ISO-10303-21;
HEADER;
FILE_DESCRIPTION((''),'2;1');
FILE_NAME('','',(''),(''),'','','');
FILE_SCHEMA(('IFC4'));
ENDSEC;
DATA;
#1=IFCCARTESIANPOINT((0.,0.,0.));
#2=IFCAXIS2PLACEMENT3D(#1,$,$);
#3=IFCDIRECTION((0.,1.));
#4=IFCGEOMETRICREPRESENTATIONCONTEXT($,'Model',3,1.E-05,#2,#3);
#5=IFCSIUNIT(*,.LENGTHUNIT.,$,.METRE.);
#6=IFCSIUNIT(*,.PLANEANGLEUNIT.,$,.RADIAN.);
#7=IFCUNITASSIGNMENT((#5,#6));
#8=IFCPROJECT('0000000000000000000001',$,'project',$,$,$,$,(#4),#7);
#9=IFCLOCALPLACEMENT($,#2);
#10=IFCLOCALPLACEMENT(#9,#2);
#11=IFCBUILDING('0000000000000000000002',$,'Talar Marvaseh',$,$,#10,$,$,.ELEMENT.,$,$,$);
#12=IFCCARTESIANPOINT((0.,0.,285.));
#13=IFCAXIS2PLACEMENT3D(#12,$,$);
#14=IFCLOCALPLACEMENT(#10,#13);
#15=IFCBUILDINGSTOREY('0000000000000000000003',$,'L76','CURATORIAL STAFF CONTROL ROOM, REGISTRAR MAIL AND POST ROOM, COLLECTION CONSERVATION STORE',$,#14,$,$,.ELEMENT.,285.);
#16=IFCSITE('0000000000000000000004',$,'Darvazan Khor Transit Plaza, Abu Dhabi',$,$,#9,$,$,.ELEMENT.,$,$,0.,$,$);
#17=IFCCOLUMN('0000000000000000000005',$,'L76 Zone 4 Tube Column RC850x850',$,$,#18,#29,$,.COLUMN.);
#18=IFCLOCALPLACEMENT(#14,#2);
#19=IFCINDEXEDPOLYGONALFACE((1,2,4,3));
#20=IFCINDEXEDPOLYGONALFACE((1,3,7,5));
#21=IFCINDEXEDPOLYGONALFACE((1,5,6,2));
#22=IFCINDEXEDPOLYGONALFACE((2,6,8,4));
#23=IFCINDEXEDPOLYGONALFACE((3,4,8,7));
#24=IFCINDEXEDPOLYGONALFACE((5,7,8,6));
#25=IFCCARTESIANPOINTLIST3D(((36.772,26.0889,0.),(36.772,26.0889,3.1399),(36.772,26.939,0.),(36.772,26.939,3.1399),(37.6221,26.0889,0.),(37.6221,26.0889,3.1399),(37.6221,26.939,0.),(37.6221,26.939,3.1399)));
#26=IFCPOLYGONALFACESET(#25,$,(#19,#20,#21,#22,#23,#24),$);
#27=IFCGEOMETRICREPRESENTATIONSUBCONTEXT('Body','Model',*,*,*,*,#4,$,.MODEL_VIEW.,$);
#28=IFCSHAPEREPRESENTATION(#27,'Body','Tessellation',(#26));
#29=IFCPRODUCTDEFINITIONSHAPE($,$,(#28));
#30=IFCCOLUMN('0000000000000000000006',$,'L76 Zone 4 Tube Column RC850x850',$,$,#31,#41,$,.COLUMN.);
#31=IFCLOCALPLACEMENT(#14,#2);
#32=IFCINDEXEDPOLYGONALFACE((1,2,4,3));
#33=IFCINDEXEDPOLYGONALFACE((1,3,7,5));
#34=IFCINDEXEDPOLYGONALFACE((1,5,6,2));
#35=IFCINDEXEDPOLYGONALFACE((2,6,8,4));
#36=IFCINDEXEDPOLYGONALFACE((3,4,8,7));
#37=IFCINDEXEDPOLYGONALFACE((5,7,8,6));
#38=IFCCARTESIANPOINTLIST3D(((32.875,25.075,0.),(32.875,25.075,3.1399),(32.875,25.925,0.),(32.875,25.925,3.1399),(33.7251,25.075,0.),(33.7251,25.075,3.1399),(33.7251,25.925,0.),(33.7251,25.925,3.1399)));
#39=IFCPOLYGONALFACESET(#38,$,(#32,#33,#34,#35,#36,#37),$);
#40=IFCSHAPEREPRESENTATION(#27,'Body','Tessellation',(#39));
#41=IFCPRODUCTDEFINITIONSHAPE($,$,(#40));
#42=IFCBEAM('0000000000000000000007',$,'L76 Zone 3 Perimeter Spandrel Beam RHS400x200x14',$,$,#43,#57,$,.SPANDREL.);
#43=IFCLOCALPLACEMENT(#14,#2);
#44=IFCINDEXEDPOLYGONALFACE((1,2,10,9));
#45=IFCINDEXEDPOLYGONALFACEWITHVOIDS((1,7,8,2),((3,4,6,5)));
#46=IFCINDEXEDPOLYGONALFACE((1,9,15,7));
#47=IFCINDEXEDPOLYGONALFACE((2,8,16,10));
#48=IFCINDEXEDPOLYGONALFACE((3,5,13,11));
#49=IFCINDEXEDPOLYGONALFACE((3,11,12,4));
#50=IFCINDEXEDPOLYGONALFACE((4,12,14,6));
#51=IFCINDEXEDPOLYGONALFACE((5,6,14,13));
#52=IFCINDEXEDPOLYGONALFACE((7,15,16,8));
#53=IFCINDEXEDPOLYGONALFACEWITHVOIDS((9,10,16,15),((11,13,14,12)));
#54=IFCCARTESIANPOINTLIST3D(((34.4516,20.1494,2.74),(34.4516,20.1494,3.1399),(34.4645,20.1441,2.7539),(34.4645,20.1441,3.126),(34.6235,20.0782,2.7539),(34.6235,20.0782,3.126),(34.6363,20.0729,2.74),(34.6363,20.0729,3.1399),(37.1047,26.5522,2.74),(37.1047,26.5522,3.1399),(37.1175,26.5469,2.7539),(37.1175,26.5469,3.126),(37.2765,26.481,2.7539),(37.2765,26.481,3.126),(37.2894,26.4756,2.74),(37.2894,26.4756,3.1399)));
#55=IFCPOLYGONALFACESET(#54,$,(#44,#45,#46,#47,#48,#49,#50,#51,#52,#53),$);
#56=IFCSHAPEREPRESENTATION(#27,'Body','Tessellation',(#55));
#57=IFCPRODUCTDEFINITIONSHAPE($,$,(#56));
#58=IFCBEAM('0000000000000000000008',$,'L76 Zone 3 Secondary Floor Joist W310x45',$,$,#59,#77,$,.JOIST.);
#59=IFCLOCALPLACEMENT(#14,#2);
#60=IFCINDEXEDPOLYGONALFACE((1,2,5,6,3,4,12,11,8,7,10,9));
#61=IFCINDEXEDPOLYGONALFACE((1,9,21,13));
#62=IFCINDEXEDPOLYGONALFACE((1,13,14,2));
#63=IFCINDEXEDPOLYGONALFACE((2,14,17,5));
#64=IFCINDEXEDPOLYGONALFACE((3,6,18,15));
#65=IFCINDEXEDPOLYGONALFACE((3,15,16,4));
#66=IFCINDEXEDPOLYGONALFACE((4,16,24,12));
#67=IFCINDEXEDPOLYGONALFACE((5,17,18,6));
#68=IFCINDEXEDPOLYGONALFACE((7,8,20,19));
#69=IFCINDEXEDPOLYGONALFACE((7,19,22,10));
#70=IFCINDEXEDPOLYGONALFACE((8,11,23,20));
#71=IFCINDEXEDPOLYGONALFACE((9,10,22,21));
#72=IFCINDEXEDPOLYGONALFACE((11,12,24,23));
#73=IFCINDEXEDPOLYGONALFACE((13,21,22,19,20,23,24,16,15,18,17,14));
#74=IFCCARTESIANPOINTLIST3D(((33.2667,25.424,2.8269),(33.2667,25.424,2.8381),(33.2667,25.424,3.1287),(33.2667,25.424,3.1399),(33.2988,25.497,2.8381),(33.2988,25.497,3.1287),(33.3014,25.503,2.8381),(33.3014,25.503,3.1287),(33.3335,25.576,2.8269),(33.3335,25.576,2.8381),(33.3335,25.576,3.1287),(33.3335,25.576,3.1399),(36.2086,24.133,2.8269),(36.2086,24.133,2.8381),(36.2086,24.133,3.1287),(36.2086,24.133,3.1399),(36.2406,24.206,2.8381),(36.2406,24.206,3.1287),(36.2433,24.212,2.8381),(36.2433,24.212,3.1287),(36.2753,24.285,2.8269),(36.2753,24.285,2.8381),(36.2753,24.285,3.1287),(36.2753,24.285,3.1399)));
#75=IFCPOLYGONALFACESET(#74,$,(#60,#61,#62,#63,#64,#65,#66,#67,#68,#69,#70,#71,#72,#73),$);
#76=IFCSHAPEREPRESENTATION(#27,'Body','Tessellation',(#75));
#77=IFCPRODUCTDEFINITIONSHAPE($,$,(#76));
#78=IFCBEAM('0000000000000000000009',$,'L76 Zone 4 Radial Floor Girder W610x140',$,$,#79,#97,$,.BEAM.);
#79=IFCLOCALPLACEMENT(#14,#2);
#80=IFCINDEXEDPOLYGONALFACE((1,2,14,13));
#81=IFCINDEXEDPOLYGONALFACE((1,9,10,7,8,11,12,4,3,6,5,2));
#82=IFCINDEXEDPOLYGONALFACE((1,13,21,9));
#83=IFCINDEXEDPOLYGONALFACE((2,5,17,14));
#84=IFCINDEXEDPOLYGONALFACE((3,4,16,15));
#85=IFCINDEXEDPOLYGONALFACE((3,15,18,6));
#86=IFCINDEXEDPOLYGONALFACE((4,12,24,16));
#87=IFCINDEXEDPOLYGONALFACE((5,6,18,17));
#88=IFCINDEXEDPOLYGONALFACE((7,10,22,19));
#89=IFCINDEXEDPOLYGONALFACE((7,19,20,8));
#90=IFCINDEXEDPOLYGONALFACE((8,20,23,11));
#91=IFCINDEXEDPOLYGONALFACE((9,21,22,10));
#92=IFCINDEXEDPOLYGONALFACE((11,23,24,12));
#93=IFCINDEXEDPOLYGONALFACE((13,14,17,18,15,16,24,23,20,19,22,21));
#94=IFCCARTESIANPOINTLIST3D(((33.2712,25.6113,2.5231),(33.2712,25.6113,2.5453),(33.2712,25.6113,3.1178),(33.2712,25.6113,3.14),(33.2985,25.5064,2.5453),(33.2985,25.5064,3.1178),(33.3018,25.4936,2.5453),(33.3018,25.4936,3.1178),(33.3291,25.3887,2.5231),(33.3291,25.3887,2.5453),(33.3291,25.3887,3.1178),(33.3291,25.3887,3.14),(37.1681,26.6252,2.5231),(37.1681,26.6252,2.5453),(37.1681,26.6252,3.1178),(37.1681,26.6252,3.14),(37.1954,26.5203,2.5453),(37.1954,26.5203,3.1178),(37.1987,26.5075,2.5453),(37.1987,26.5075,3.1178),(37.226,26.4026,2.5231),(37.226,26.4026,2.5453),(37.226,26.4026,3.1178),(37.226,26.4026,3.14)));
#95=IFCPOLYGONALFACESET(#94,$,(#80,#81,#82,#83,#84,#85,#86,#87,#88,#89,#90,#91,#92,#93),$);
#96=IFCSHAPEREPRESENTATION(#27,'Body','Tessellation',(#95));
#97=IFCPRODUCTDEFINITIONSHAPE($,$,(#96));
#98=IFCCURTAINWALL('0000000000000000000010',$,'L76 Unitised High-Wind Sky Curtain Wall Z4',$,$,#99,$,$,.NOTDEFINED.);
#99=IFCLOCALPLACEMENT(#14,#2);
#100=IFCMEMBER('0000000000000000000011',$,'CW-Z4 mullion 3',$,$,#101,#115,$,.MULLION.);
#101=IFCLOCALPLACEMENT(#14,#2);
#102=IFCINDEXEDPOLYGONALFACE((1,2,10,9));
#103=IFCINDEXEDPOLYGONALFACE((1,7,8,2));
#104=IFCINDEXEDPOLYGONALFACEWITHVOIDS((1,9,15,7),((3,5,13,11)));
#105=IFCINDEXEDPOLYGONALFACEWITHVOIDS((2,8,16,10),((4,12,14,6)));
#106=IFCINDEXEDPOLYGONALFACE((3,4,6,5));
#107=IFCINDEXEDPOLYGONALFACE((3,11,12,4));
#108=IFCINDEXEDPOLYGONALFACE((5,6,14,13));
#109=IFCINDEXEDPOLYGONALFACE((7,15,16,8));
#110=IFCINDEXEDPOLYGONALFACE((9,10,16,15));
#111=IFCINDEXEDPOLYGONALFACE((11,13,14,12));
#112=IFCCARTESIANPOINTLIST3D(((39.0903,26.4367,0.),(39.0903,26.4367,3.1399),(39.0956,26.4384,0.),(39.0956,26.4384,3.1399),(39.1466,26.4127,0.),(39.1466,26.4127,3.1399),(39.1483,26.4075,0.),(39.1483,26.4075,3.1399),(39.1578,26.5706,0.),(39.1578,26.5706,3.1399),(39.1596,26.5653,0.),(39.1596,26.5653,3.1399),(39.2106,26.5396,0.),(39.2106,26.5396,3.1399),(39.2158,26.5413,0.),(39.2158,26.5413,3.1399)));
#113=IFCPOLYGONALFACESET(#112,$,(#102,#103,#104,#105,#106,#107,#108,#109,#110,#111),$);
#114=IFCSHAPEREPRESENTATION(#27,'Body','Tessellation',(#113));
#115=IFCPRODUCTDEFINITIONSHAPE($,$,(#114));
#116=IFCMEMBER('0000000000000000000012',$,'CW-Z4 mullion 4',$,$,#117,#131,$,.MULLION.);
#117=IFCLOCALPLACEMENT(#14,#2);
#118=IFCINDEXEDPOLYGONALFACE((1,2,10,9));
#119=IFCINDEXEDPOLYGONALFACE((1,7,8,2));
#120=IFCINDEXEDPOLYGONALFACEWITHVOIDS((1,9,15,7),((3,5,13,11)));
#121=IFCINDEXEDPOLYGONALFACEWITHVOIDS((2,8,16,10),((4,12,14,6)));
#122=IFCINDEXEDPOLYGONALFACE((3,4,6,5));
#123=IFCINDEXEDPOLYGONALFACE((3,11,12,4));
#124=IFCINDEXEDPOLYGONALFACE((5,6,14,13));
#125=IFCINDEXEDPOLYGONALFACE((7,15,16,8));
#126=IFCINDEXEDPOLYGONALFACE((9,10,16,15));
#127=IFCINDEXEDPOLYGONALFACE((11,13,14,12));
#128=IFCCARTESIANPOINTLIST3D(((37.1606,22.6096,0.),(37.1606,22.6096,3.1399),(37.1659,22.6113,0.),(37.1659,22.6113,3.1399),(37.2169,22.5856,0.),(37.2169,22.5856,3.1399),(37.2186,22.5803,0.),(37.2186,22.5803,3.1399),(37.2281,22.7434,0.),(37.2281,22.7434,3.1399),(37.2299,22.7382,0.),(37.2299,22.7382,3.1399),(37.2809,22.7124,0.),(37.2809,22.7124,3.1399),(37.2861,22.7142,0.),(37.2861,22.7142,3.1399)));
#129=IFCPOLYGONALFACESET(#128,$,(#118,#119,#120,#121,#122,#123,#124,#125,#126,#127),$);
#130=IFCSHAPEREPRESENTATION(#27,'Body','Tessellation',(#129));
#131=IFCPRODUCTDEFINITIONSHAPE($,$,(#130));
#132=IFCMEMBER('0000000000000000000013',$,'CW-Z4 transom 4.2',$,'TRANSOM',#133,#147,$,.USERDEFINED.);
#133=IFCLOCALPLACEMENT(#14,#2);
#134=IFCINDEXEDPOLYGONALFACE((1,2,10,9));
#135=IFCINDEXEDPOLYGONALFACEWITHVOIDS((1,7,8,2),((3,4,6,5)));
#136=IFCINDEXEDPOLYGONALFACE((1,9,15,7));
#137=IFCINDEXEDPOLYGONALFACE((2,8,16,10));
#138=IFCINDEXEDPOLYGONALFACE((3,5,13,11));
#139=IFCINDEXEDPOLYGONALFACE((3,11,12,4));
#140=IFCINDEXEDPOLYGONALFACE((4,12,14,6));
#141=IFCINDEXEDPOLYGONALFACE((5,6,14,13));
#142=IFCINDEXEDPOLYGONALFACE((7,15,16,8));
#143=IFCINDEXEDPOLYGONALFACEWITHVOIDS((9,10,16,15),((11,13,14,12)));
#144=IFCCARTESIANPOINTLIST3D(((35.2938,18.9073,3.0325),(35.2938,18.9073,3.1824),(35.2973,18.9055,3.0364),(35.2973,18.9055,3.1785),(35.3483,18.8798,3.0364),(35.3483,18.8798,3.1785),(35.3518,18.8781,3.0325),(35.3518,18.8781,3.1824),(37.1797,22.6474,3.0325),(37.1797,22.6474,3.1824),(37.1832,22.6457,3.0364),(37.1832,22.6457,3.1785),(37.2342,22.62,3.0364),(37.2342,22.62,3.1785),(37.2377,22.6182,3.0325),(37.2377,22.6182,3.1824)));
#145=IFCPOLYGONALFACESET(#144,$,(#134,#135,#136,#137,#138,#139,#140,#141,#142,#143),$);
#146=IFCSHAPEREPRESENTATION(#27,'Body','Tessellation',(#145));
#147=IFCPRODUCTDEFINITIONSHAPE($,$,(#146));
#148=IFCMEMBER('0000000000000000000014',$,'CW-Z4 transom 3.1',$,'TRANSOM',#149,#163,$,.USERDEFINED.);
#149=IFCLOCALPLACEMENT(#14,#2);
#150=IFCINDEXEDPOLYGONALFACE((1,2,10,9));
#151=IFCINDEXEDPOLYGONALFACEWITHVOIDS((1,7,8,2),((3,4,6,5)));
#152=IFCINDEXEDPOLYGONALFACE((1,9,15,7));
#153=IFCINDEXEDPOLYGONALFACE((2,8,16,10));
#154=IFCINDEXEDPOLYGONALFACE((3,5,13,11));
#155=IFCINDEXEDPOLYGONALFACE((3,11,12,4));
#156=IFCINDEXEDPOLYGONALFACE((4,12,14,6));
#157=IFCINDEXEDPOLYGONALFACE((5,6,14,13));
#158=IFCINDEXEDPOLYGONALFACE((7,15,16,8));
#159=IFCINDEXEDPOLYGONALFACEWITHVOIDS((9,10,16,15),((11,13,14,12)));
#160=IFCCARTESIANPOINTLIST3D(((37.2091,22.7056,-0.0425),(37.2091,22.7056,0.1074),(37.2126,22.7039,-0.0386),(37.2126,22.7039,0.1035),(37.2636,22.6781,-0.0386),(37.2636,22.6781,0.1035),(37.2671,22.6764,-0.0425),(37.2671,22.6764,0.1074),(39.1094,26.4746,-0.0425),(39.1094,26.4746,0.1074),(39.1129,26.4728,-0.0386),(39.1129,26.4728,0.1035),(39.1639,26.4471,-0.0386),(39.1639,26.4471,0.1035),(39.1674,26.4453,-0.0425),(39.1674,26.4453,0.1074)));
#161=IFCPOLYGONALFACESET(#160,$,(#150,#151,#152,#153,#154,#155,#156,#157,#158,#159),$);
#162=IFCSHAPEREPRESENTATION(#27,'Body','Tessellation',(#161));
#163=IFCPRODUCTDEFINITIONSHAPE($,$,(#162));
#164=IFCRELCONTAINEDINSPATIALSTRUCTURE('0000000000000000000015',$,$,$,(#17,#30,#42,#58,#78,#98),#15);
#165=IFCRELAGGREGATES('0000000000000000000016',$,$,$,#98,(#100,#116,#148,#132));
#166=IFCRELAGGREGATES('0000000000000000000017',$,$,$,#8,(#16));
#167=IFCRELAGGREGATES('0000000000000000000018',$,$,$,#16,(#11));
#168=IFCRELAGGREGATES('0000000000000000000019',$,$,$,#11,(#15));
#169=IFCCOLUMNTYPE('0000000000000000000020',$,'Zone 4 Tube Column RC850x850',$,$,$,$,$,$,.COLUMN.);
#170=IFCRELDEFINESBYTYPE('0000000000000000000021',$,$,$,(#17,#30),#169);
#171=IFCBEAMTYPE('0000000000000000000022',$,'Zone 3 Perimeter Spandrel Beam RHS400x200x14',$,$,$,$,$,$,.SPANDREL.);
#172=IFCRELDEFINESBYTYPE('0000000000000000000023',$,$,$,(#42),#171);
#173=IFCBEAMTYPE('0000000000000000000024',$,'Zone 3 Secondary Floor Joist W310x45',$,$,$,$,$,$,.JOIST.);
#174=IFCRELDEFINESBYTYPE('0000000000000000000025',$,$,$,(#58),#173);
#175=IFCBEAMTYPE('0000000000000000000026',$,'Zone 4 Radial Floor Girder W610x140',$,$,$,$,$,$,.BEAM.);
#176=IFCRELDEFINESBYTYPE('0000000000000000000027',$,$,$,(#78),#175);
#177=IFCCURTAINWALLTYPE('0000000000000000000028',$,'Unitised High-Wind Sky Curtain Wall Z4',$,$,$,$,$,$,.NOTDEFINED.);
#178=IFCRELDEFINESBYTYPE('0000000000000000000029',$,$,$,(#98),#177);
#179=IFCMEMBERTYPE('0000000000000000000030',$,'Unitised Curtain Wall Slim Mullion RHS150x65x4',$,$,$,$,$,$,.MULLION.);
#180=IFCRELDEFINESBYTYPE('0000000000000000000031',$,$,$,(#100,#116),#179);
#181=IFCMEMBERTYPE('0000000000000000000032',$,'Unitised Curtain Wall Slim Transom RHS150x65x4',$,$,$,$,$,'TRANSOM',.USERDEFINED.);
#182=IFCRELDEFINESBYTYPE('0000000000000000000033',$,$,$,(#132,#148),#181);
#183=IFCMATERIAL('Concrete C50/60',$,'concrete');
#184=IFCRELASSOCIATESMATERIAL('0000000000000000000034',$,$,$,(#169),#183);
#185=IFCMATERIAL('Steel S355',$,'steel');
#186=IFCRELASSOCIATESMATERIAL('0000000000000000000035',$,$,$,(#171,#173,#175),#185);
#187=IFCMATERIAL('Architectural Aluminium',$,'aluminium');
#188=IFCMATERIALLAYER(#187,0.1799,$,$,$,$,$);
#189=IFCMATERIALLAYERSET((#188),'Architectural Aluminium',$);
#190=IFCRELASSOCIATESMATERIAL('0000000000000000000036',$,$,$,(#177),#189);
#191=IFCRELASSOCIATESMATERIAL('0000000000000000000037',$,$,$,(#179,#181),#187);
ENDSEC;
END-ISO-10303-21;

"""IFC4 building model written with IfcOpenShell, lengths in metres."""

from ifc_helpers import new_model, si_unit, direction, frame, origin, origin_2d, place, context, subcontext, project, spatial, rectangle, hollow_rectangle, i_section, extrude, source, transform, mapped, material, layer, layer_set, material_profile, profile_set, type_object, type_shapes, element, aggregate, save


model = new_model("IFC4")

# Units and contexts
model_context = context("Model", 3, precision=1e-05, world=origin(), true_north=direction((0.0, 1.0)))
body_context = subcontext(model_context, "Body", "Model", "MODEL_VIEW")
ifc_project = project(units=[si_unit("LENGTHUNIT", "METRE"), si_unit("PLANEANGLEUNIT", "RADIAN")], contexts=[model_context])

# Site, building, storey
site_placement = place(None, origin())
site = spatial("IfcSite", under=ifc_project, at=site_placement, Name="Darvazan Khor Transit Plaza, Abu Dhabi", CompositionType="ELEMENT", RefElevation=0.0)
building_placement = place(site_placement, origin())
building = spatial("IfcBuilding", under=site, at=building_placement, Name="Talar Marvaseh", CompositionType="ELEMENT")
storey_placement = place(building_placement, frame((0.0, 0.0, 285.0)))
storey = spatial("IfcBuildingStorey", under=building, at=storey_placement, Name="L76", Description="CURATORIAL STAFF CONTROL ROOM, REGISTRAR MAIL AND POST ROOM, COLLECTION CONSERVATION STORE", CompositionType="ELEMENT", Elevation=285.0)

# Columns
ifc_material_1 = material(Name="Concrete C50/60", Category="concrete")
ifc_material_profile_1 = material_profile(ifc_material_1, rectangle(XDim=0.8501, YDim=0.8501, at=origin_2d()), Name="RC850x850")
ifc_profile_set_1 = profile_set([ifc_material_profile_1], Name="Concrete C50/60")
column_type = type_object("IfcColumnType", Name="Zone 4 Tube Column RC850x850", PredefinedType="COLUMN", material=ifc_profile_set_1)
for number, where, z_axis, x_axis, name in (
    (1, (37.197, 26.5139, 0.0), (0.0, 0.0, 1.0), (1.0, 0.0, 0.0), "L76 Zone 4 Tube Column RC850x850"),
    (2, (33.3, 25.5, 0.0), (0.0, 0.0, 1.0), (1.0, 0.0, 0.0), "L76 Zone 4 Tube Column RC850x850"),
):
    element("IfcColumn", number, at=place(storey_placement, frame(where, z_axis=z_axis, x_axis=x_axis)), inside=storey, type_object=column_type, Name=name, PredefinedType="COLUMN", context=body_context, shape_type="SweptSolid", body=[
        extrude(rectangle(XDim=0.8501, YDim=0.8501, at=origin_2d()), origin(), (0.0, 0.0, 1.0), 3.1399),
    ])

# Beams
ifc_material_2 = material(Name="Steel S355", Category="steel")
ifc_material_profile_2 = material_profile(ifc_material_2, hollow_rectangle(XDim=0.2, YDim=0.3999, WallThickness=0.0139, at=origin_2d()), Name="RHS400x200x14")
ifc_profile_set_2 = profile_set([ifc_material_profile_2], Name="Steel S355")
beam_type_1 = type_object("IfcBeamType", Name="Zone 3 Perimeter Spandrel Beam RHS400x200x14", PredefinedType="SPANDREL", material=ifc_profile_set_2)
beam_1_placement = place(storey_placement, frame((37.197, 26.5139, 2.9399), z_axis=(-0.382799, -0.923832, 0.0), x_axis=(0.923832, -0.382799, 0.0)))
element("IfcBeam", 3, at=beam_1_placement, inside=storey, type_object=beam_type_1, Name="L76 Zone 3 Perimeter Spandrel Beam RHS400x200x14", PredefinedType="SPANDREL", context=body_context, shape_type="SweptSolid", body=[
    extrude(hollow_rectangle(XDim=0.2, YDim=0.3999, WallThickness=0.0139, at=origin_2d()), origin(), (0.0, 0.0, 1.0), 6.9307),
])
ifc_material_profile_3 = material_profile(ifc_material_2, i_section(OverallWidth=0.166, OverallDepth=0.313, WebThickness=0.0066, FlangeThickness=0.0112, at=origin_2d()), Name="W310x45")
ifc_profile_set_3 = profile_set([ifc_material_profile_3], Name="Steel S355")
beam_type_2 = type_object("IfcBeamType", Name="Zone 3 Secondary Floor Joist W310x45", PredefinedType="JOIST", material=ifc_profile_set_3)
beam_2_placement = place(storey_placement, frame((36.2419, 24.209, 2.9834), z_axis=(-0.915707, 0.401847, 0.0), x_axis=(-0.401847, -0.915707, 0.0)))
element("IfcBeam", 4, at=beam_2_placement, inside=storey, type_object=beam_type_2, Name="L76 Zone 3 Secondary Floor Joist W310x45", PredefinedType="JOIST", context=body_context, shape_type="SweptSolid", body=[
    extrude(i_section(OverallWidth=0.166, OverallDepth=0.313, WebThickness=0.0066, FlangeThickness=0.0112, at=origin_2d()), origin(), (0.0, 0.0, 1.0), 3.2126),
])
ifc_material_profile_4 = material_profile(ifc_material_2, i_section(OverallWidth=0.23, OverallDepth=0.6169, WebThickness=0.0132, FlangeThickness=0.0222, at=origin_2d()), Name="W610x140")
ifc_profile_set_4 = profile_set([ifc_material_profile_4], Name="Steel S355")
beam_type_3 = type_object("IfcBeamType", Name="Zone 4 Radial Floor Girder W610x140", PredefinedType="BEAM", material=ifc_profile_set_4)
beam_3_placement = place(storey_placement, frame((37.197, 26.5139, 2.8315), z_axis=(-0.96778, -0.251797, 0.0), x_axis=(0.251797, -0.96778, 0.0)))
element("IfcBeam", 5, at=beam_3_placement, inside=storey, type_object=beam_type_3, Name="L76 Zone 4 Radial Floor Girder W610x140", PredefinedType="BEAM", context=body_context, shape_type="SweptSolid", body=[
    extrude(i_section(OverallWidth=0.23, OverallDepth=0.6169, WebThickness=0.0132, FlangeThickness=0.0222, at=origin_2d()), origin(), (0.0, 0.0, 1.0), 4.0266),
])

# Curtain wall, members
ifc_material_3 = material(Name="Architectural Aluminium", Category="aluminium")
ifc_layer_1 = layer(ifc_material_3, 0.1799)
ifc_layer_set_1 = layer_set([ifc_layer_1], Name="Architectural Aluminium")
curtain_wall_type = type_object("IfcCurtainWallType", Name="Unitised High-Wind Sky Curtain Wall Z4", PredefinedType="NOTDEFINED", material=ifc_layer_set_1)
curtain_wall_placement = place(storey_placement, origin())
curtain_wall = element("IfcCurtainWall", 6, at=curtain_wall_placement, inside=storey, type_object=curtain_wall_type, Name="L76 Unitised High-Wind Sky Curtain Wall Z4", PredefinedType="NOTDEFINED")
ifc_material_profile_5 = material_profile(ifc_material_3, hollow_rectangle(XDim=0.0649, YDim=0.1499, WallThickness=0.0039, at=origin_2d()), Name="RHS150x65x4")
ifc_profile_set_5 = profile_set([ifc_material_profile_5], Name="Architectural Aluminium")
member_type_1 = type_object("IfcMemberType", Name="Unitised Curtain Wall Slim Mullion RHS150x65x4", PredefinedType="MULLION", material=ifc_profile_set_5)
shared_shape_1 = source(origin(), body_context, "Body", "SweptSolid", [
    extrude(hollow_rectangle(XDim=0.0649, YDim=0.1499, WallThickness=0.0039, at=origin_2d()), origin(), (0.0, 0.0, 1.0), 3.1399),
])
type_shapes(member_type_1, [shared_shape_1])
member_1_placement = place(storey_placement, frame((39.1531, 26.489, 0.0), z_axis=(0.0, 0.0, 1.0), x_axis=(0.892909, -0.450237, 0.0)))
member_1 = element("IfcMember", 7, at=member_1_placement, type_object=member_type_1, Name="CW-Z4 mullion 3", PredefinedType="MULLION", context=body_context, shape_type="MappedRepresentation", body=[
    mapped(shared_shape_1, transform((0.0, 0.0, 0.0), x_axis=(1.0, 0.0, 0.0), y_axis=(0.0, 1.0, 0.0), z_axis=(0.0, 0.0, 1.0), scale=1.0)),
])
member_2_placement = place(storey_placement, frame((37.2234, 22.6619, 0.0), z_axis=(0.0, 0.0, 1.0), x_axis=(0.892909, -0.450237, 0.0)))
member_2 = element("IfcMember", 8, at=member_2_placement, type_object=member_type_1, Name="CW-Z4 mullion 4", PredefinedType="MULLION", context=body_context, shape_type="MappedRepresentation", body=[
    mapped(shared_shape_1, transform((0.0, 0.0, 0.0), x_axis=(1.0, 0.0, 0.0), y_axis=(0.0, 1.0, 0.0), z_axis=(0.0, 0.0, 1.0), scale=1.0)),
])
ifc_material_profile_6 = material_profile(ifc_material_3, hollow_rectangle(XDim=0.0649, YDim=0.1499, WallThickness=0.0039, at=origin_2d()), Name="RHS150x65x4")
ifc_profile_set_6 = profile_set([ifc_material_profile_6], Name="Architectural Aluminium")
member_type_2 = type_object("IfcMemberType", Name="Unitised Curtain Wall Slim Transom RHS150x65x4", ElementType="TRANSOM", PredefinedType="USERDEFINED", material=ifc_profile_set_6)
shared_shape_2 = source(origin(), body_context, "Body", "SweptSolid", [
    extrude(hollow_rectangle(XDim=0.0649, YDim=0.1499, WallThickness=0.0039, at=origin_2d()), origin(), (0.0, 0.0, 1.0), 4.1887),
])
member_3_placement = place(storey_placement, frame((37.2087, 22.6328, 3.1074), z_axis=(-0.450242, -0.892907, 0.0), x_axis=(0.892907, -0.450242, 0.0)))
member_3 = element("IfcMember", 9, at=member_3_placement, type_object=member_type_2, Name="CW-Z4 transom 4.2", ObjectType="TRANSOM", PredefinedType="USERDEFINED", context=body_context, shape_type="MappedRepresentation", body=[
    mapped(shared_shape_2, transform((0.0, 0.0, 0.0), x_axis=(1.0, 0.0, 0.0), y_axis=(0.0, 1.0, 0.0), z_axis=(0.0, 0.0, 1.0), scale=1.0)),
])
shared_shape_3 = source(origin(), body_context, "Body", "SweptSolid", [
    extrude(hollow_rectangle(XDim=0.0649, YDim=0.1499, WallThickness=0.0039, at=origin_2d()), origin(), (0.0, 0.0, 1.0), 4.2209),
])
type_shapes(member_type_2, [shared_shape_2, shared_shape_3])
member_4_placement = place(storey_placement, frame((39.1384, 26.46, 0.0325), z_axis=(-0.450219, -0.892918, 0.0), x_axis=(0.892918, -0.450219, 0.0)))
member_4 = element("IfcMember", 10, at=member_4_placement, type_object=member_type_2, Name="CW-Z4 transom 3.1", ObjectType="TRANSOM", PredefinedType="USERDEFINED", context=body_context, shape_type="MappedRepresentation", body=[
    mapped(shared_shape_3, transform((0.0, 0.0, 0.0), x_axis=(1.0, 0.0, 0.0), y_axis=(0.0, 1.0, 0.0), z_axis=(0.0, 0.0, 1.0), scale=1.0)),
])
aggregate(curtain_wall, [member_1, member_2, member_4, member_3])

save(model, "model.ifc")
